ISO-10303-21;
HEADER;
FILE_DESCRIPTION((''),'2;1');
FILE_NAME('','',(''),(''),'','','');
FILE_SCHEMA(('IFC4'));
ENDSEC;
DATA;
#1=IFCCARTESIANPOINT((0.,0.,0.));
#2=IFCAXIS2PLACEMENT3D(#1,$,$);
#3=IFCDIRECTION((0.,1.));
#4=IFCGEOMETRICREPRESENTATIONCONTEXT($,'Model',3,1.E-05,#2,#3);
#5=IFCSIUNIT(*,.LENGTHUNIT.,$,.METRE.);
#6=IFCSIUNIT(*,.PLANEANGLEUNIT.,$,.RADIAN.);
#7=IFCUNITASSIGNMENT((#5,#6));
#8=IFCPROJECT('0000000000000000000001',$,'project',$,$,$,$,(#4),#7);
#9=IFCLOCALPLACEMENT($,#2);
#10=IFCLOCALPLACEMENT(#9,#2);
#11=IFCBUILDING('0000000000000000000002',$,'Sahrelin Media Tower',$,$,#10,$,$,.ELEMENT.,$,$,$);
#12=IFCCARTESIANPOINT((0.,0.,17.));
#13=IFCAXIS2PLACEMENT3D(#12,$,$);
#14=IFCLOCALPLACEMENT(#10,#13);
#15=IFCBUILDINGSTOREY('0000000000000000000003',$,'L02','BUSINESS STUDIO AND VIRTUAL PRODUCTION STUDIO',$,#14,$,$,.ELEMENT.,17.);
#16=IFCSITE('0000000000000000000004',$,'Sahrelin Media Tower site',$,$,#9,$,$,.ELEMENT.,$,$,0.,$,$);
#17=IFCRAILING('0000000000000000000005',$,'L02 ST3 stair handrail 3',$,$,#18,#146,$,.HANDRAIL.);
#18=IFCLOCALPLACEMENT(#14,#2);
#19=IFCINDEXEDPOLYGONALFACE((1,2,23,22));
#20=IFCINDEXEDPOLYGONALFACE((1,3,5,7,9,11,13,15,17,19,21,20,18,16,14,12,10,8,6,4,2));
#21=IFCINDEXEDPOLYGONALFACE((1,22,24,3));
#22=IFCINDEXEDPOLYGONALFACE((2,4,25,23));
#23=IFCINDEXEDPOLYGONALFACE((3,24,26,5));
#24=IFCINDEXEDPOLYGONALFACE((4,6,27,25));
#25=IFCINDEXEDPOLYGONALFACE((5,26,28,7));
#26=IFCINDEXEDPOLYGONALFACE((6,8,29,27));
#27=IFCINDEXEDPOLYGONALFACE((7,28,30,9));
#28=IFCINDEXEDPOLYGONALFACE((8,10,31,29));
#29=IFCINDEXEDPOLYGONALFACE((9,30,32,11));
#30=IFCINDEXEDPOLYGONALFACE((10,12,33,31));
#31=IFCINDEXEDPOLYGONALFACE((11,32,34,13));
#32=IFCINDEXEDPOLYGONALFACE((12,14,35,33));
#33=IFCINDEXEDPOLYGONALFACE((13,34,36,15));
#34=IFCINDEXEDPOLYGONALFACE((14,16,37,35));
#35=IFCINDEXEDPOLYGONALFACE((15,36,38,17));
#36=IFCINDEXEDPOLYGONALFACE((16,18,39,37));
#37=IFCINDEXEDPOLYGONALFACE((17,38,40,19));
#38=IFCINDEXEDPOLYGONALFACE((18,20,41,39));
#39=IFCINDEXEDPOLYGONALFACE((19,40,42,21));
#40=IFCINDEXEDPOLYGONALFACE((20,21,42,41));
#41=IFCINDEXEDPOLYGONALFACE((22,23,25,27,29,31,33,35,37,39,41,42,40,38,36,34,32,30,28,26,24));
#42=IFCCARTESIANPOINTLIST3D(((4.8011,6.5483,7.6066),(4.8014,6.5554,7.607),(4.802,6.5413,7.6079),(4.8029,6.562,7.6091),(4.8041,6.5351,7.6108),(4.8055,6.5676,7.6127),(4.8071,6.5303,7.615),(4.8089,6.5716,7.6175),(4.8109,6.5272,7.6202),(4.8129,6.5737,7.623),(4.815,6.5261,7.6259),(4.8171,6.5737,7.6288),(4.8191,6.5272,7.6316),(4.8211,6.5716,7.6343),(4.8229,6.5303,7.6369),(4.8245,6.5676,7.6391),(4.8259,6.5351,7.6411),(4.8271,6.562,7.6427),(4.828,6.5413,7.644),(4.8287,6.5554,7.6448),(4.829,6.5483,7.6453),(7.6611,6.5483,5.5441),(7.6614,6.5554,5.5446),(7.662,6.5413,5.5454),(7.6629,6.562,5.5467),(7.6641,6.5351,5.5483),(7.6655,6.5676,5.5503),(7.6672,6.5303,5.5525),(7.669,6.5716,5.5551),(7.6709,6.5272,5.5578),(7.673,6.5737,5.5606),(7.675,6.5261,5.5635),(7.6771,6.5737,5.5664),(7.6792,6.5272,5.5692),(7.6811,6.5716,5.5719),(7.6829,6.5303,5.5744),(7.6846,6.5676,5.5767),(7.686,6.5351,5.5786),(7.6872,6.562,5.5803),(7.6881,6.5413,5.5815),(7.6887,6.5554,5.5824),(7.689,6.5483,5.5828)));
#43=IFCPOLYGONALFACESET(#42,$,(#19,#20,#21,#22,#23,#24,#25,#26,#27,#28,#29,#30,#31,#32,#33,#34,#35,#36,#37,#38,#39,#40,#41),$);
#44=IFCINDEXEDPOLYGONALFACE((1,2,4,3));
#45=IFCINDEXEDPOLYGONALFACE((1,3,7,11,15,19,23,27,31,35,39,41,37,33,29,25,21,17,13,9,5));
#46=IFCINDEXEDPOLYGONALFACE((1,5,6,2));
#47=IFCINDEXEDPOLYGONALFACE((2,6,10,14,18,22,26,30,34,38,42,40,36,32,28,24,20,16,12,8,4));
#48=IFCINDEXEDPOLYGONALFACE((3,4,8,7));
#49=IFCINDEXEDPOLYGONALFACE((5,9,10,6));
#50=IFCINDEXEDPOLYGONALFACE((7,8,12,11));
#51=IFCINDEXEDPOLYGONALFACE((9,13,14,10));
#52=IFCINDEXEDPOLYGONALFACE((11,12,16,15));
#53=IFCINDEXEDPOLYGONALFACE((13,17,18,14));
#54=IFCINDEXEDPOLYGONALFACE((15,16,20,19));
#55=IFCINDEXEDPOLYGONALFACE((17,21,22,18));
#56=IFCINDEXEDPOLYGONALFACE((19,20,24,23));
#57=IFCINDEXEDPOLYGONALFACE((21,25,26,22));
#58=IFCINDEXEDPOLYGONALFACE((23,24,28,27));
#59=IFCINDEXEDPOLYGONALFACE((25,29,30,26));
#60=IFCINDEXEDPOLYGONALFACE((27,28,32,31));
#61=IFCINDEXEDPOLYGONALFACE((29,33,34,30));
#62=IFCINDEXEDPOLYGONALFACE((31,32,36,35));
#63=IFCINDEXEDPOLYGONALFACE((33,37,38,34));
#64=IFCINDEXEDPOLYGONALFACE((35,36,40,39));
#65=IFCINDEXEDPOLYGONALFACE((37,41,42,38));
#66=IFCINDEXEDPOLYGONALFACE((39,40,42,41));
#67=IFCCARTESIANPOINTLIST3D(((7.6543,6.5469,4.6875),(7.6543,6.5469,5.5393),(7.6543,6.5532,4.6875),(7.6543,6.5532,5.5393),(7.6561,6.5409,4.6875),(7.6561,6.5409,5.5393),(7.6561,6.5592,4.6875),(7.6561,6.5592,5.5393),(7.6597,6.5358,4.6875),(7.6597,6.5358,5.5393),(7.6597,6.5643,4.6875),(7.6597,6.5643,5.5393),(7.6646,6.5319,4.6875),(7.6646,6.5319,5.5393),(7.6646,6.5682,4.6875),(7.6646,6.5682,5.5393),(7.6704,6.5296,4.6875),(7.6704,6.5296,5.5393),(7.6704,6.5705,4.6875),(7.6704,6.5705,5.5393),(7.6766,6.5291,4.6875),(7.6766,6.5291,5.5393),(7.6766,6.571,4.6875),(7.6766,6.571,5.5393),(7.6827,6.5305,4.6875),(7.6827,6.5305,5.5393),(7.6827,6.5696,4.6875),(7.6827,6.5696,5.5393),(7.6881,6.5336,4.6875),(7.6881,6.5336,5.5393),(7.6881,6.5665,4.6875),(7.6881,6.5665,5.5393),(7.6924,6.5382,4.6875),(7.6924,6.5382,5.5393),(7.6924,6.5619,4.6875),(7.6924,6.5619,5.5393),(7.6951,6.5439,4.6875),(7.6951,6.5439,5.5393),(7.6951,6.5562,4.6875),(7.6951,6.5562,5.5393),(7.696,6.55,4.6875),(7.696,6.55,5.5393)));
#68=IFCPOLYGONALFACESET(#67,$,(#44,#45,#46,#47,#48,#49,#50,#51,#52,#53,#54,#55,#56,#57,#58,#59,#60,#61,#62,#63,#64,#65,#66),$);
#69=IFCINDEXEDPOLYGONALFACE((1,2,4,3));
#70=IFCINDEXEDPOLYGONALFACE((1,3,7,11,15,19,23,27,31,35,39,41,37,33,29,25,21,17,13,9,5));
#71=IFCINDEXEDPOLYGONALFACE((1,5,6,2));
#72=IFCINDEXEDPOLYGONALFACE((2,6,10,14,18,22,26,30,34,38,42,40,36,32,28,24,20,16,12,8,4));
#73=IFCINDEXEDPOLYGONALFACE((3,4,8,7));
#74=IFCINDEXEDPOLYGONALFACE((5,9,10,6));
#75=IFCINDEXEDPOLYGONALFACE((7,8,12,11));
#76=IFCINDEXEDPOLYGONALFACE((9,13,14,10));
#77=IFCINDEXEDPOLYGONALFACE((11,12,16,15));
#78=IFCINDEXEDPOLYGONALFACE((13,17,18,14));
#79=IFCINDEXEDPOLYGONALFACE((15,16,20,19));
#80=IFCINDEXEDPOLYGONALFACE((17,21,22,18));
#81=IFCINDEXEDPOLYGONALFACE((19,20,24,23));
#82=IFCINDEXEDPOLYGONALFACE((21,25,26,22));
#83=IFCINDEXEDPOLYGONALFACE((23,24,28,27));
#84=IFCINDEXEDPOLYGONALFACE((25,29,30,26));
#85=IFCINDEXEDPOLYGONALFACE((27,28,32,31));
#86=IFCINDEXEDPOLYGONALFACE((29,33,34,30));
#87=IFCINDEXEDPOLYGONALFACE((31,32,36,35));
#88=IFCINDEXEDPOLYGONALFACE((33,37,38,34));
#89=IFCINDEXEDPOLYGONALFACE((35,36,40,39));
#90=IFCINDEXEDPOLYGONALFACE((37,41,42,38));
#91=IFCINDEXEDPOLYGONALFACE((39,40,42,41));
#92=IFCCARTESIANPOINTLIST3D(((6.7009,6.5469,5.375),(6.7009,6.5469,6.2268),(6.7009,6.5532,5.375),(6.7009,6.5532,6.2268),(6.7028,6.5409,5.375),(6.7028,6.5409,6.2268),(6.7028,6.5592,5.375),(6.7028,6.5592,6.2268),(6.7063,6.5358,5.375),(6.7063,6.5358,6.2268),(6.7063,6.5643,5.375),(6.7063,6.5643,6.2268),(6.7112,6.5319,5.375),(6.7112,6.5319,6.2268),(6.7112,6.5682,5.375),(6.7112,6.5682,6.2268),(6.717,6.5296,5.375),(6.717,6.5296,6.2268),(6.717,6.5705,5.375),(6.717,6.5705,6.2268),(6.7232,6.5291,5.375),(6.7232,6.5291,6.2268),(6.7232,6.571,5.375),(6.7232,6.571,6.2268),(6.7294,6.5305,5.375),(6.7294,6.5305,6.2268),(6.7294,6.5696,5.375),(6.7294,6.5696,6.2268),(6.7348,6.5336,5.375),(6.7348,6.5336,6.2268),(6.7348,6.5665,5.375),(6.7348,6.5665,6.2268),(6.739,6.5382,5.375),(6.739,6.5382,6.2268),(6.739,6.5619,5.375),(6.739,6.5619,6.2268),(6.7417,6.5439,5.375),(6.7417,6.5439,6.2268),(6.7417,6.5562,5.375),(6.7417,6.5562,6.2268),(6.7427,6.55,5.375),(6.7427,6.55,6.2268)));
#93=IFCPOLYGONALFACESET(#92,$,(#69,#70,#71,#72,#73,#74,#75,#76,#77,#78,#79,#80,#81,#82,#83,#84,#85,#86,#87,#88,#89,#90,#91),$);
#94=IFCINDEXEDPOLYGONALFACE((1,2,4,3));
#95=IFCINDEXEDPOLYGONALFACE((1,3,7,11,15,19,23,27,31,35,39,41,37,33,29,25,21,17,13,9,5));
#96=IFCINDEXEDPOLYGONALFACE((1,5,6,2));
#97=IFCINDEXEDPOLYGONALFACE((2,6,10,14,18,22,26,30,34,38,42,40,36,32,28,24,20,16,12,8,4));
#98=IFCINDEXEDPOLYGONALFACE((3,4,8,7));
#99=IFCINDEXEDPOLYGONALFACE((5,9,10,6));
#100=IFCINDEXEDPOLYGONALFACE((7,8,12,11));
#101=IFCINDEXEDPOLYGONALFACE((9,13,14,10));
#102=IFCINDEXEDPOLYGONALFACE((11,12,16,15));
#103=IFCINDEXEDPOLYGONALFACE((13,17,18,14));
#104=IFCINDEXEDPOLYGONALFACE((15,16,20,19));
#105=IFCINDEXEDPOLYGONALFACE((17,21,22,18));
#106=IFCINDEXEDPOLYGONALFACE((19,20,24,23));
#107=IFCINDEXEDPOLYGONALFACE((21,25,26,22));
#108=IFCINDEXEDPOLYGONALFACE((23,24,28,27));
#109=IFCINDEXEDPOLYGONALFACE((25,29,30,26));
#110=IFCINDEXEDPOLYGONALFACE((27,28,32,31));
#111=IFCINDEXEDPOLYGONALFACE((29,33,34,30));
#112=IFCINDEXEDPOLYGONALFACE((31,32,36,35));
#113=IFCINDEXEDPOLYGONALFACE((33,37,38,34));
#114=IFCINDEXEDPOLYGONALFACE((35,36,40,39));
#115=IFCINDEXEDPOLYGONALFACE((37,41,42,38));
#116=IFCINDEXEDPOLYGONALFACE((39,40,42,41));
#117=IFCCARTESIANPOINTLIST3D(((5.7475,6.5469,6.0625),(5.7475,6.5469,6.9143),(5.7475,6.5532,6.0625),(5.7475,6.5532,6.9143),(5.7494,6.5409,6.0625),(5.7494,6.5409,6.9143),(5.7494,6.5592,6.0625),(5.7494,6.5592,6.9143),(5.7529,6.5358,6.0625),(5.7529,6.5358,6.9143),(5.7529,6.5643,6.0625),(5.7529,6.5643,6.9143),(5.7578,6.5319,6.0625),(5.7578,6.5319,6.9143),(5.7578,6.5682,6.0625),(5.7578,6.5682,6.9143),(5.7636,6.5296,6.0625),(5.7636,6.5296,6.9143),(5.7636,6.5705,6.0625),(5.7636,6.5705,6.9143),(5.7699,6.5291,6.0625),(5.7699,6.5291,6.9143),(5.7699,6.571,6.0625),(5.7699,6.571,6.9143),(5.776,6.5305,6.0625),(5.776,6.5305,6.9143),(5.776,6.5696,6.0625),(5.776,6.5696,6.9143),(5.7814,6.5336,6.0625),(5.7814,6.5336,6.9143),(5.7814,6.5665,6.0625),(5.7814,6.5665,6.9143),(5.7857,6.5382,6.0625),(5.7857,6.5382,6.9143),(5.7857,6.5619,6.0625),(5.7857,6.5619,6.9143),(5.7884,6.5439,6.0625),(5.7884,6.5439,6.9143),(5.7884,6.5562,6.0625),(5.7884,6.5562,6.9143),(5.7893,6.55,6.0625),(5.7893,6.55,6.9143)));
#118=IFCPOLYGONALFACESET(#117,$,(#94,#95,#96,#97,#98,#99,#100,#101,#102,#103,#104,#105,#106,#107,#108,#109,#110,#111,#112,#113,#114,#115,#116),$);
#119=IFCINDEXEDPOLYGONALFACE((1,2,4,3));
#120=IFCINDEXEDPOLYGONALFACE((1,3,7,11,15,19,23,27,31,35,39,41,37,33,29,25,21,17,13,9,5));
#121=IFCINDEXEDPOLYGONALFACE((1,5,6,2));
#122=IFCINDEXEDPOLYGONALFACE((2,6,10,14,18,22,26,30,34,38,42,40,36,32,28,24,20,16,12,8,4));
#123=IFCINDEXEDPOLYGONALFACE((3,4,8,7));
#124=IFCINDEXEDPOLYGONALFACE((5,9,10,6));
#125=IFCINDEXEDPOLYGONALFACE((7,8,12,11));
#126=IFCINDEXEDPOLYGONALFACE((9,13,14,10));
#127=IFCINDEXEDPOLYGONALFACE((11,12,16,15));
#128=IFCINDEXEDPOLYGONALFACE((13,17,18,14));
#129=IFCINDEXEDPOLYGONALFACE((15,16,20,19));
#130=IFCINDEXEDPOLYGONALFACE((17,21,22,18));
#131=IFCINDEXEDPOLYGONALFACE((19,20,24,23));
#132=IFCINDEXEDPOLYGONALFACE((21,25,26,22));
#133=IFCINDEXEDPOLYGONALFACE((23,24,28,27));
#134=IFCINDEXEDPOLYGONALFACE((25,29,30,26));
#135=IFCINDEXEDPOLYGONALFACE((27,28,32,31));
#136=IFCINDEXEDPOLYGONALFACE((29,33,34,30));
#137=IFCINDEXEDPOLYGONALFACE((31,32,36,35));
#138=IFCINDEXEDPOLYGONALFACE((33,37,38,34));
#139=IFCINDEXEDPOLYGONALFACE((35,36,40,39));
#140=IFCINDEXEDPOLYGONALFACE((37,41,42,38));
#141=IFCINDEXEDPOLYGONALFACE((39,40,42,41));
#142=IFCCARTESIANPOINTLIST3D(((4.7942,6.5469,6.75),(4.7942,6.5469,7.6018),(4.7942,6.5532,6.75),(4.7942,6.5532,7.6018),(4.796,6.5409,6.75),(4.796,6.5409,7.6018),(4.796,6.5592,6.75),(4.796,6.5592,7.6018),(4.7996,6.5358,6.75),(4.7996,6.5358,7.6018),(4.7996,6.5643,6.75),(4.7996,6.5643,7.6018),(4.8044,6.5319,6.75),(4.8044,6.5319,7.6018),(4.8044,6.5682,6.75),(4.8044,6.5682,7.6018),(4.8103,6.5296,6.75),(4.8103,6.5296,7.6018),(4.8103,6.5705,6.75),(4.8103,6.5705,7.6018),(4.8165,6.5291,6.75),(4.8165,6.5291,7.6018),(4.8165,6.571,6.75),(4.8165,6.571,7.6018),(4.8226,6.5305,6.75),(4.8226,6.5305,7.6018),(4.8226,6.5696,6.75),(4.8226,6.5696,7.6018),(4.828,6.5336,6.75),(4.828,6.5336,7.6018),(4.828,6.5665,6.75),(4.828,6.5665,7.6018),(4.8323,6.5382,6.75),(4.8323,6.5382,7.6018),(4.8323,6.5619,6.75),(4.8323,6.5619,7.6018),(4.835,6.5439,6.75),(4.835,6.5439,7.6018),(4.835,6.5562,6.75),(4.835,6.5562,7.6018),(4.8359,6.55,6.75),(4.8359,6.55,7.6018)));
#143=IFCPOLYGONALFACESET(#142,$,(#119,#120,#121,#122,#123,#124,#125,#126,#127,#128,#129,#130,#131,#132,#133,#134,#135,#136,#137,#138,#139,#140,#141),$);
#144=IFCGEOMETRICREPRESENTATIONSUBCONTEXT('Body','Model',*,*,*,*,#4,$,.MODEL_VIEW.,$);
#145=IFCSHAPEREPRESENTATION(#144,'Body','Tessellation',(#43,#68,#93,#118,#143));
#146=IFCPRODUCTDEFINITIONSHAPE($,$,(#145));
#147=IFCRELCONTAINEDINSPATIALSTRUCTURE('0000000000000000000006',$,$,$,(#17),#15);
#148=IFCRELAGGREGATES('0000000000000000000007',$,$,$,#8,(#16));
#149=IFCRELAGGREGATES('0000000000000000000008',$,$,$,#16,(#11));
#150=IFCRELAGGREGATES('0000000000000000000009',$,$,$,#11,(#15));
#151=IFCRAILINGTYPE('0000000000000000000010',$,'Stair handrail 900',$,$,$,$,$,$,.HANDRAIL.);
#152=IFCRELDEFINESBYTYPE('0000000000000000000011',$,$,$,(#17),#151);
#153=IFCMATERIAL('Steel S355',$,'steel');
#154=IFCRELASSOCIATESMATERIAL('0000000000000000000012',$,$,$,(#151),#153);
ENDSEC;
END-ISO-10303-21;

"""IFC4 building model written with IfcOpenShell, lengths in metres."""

from ifc_helpers import new_model, si_unit, direction, frame, origin, origin_2d, place, context, subcontext, project, spatial, circle, extrude, material, type_object, element, save


model = new_model("IFC4")

# Units and contexts
model_context = context("Model", 3, precision=1e-05, world=origin(), true_north=direction((0.0, 1.0)))
body_context = subcontext(model_context, "Body", "Model", "MODEL_VIEW")
ifc_project = project(units=[si_unit("LENGTHUNIT", "METRE"), si_unit("PLANEANGLEUNIT", "RADIAN")], contexts=[model_context])

# Site, building, storey
site_placement = place(None, origin())
site = spatial("IfcSite", under=ifc_project, at=site_placement, Name="Sahrelin Media Tower site", CompositionType="ELEMENT", RefElevation=0.0)
building_placement = place(site_placement, origin())
building = spatial("IfcBuilding", under=site, at=building_placement, Name="Sahrelin Media Tower", CompositionType="ELEMENT")
storey_placement = place(building_placement, frame((0.0, 0.0, 17.0)))
storey = spatial("IfcBuildingStorey", under=building, at=storey_placement, Name="L02", Description="BUSINESS STUDIO AND VIRTUAL PRODUCTION STUDIO", CompositionType="ELEMENT", Elevation=17.0)

# Shared definitions
ifc_material_1 = material(Name="Steel S355", Category="steel")

# Railing
railing_type_1 = type_object("IfcRailingType", Name="Stair handrail 900", PredefinedType="HANDRAIL", material=ifc_material_1)
railing_1_placement = place(storey_placement, frame((7.675, 6.55, 4.6875)))
element("IfcRailing", 1, at=railing_1_placement, inside=storey, type_object=railing_type_1, Name="L02 ST3 stair handrail 3", PredefinedType="HANDRAIL", context=body_context, shape_type="SweptSolid", body=[
    extrude(circle(Radius=0.0239, at=origin_2d()), frame((0.0, 0.0, 0.876), z_axis=(-0.811101, 0.0, 0.584906), x_axis=(0.0, -1.0, 0.0)), (0.0, 0.0, 1.0), 3.5261),
    extrude(circle(Radius=0.021, at=origin_2d()), origin(), (0.0, 0.0, 1.0), 0.8518),
    extrude(circle(Radius=0.021, at=origin_2d()), frame((-0.9534, 0.0, 0.6875)), (0.0, 0.0, 1.0), 0.8518),
    extrude(circle(Radius=0.021, at=origin_2d()), frame((-1.9067, 0.0, 1.375)), (0.0, 0.0, 1.0), 0.8518),
    extrude(circle(Radius=0.021, at=origin_2d()), frame((-2.8601, 0.0, 2.0625)), (0.0, 0.0, 1.0), 0.8518),
])

save(model, "model.ifc")
